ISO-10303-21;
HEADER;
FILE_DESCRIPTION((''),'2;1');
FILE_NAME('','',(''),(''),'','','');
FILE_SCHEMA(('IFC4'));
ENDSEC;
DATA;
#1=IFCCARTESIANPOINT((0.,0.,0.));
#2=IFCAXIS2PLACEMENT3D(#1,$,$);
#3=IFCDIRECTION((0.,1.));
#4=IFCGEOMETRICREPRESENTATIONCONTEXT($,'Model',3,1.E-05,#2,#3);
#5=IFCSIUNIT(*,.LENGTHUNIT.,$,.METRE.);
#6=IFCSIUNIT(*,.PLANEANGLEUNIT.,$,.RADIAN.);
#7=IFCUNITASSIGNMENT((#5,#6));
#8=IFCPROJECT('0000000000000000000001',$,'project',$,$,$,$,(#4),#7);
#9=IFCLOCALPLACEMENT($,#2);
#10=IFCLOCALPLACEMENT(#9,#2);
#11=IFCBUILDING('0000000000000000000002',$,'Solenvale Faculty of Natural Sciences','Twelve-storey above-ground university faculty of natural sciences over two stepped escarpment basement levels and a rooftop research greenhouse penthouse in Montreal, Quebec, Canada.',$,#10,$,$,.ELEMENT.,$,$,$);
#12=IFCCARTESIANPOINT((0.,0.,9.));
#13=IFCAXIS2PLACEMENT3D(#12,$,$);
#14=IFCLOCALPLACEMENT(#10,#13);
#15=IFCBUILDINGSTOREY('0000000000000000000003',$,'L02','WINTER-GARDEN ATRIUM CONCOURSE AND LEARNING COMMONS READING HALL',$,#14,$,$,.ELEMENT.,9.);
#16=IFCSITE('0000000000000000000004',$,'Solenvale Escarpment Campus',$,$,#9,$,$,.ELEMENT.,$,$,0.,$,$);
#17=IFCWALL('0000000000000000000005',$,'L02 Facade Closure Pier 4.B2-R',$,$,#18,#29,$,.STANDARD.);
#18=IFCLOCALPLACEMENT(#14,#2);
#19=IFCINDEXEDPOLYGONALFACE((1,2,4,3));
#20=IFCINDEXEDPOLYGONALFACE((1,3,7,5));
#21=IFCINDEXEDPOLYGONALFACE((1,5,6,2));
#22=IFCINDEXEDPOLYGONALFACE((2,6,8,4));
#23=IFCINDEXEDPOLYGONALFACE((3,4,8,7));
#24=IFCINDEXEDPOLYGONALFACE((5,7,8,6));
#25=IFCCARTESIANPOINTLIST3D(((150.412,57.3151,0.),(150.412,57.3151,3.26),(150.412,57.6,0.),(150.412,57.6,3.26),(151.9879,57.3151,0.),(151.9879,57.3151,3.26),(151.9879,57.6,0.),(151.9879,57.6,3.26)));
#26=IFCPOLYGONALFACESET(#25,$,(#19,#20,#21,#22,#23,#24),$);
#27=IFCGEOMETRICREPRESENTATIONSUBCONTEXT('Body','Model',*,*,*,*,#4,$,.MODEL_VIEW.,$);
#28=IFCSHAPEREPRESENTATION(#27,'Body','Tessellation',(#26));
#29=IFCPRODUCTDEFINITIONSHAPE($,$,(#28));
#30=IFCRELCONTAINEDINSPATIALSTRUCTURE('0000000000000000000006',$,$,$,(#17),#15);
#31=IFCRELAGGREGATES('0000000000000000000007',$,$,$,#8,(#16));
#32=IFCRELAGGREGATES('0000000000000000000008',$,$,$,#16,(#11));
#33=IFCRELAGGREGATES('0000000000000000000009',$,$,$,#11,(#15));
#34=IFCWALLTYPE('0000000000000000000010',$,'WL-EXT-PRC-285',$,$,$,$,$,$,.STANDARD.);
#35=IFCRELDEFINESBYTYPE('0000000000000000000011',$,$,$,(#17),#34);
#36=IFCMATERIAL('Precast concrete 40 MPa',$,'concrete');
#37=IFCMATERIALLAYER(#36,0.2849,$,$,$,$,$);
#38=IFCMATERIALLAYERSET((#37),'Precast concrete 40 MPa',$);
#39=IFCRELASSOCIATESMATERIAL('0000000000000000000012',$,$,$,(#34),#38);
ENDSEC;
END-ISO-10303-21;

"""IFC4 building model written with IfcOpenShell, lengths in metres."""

from ifc_helpers import new_model, si_unit, direction, frame, frame_2d, origin, place, context, subcontext, project, spatial, rectangle, extrude, material, layer, layer_set, type_object, element, save


model = new_model("IFC4")

# Units and contexts
model_context = context("Model", 3, precision=1e-05, world=origin(), true_north=direction((0.0, 1.0)))
body_context = subcontext(model_context, "Body", "Model", "MODEL_VIEW")
ifc_project = project(units=[si_unit("LENGTHUNIT", "METRE"), si_unit("PLANEANGLEUNIT", "RADIAN")], contexts=[model_context])

# Site, building, storey
site_placement = place(None, origin())
site = spatial("IfcSite", under=ifc_project, at=site_placement, Name="Solenvale Escarpment Campus", CompositionType="ELEMENT", RefElevation=0.0)
building_placement = place(site_placement, origin())
building = spatial("IfcBuilding", under=site, at=building_placement, Name="Solenvale Faculty of Natural Sciences", Description="Twelve-storey above-ground university faculty of natural sciences over two stepped escarpment basement levels and a rooftop research greenhouse penthouse in Montreal, Quebec, Canada.", CompositionType="ELEMENT")
storey_placement = place(building_placement, frame((0.0, 0.0, 9.0)))
storey = spatial("IfcBuildingStorey", under=building, at=storey_placement, Name="L02", Description="WINTER-GARDEN ATRIUM CONCOURSE AND LEARNING COMMONS READING HALL", CompositionType="ELEMENT", Elevation=9.0)

# Wall
ifc_material_1 = material(Name="Precast concrete 40 MPa", Category="concrete")
ifc_layer_1 = layer(ifc_material_1, 0.2849)
ifc_layer_set_1 = layer_set([ifc_layer_1], Name="Precast concrete 40 MPa")
wall_type = type_object("IfcWallType", Name="WL-EXT-PRC-285", PredefinedType="STANDARD", material=ifc_layer_set_1)
wall_1_placement = place(storey_placement, frame((151.988, 57.4575, 0.0), z_axis=(0.0, 0.0, 1.0), x_axis=(-1.0, 0.0, 0.0)))
element("IfcWall", 1, at=wall_1_placement, inside=storey, type_object=wall_type, Name="L02 Facade Closure Pier 4.B2-R", PredefinedType="STANDARD", context=body_context, shape_type="SweptSolid", body=[
    extrude(rectangle(XDim=1.5759, YDim=0.2849, at=frame_2d((0.7881, 0.0))), origin(), (0.0, 0.0, 1.0), 3.26),
])

save(model, "model.ifc")
